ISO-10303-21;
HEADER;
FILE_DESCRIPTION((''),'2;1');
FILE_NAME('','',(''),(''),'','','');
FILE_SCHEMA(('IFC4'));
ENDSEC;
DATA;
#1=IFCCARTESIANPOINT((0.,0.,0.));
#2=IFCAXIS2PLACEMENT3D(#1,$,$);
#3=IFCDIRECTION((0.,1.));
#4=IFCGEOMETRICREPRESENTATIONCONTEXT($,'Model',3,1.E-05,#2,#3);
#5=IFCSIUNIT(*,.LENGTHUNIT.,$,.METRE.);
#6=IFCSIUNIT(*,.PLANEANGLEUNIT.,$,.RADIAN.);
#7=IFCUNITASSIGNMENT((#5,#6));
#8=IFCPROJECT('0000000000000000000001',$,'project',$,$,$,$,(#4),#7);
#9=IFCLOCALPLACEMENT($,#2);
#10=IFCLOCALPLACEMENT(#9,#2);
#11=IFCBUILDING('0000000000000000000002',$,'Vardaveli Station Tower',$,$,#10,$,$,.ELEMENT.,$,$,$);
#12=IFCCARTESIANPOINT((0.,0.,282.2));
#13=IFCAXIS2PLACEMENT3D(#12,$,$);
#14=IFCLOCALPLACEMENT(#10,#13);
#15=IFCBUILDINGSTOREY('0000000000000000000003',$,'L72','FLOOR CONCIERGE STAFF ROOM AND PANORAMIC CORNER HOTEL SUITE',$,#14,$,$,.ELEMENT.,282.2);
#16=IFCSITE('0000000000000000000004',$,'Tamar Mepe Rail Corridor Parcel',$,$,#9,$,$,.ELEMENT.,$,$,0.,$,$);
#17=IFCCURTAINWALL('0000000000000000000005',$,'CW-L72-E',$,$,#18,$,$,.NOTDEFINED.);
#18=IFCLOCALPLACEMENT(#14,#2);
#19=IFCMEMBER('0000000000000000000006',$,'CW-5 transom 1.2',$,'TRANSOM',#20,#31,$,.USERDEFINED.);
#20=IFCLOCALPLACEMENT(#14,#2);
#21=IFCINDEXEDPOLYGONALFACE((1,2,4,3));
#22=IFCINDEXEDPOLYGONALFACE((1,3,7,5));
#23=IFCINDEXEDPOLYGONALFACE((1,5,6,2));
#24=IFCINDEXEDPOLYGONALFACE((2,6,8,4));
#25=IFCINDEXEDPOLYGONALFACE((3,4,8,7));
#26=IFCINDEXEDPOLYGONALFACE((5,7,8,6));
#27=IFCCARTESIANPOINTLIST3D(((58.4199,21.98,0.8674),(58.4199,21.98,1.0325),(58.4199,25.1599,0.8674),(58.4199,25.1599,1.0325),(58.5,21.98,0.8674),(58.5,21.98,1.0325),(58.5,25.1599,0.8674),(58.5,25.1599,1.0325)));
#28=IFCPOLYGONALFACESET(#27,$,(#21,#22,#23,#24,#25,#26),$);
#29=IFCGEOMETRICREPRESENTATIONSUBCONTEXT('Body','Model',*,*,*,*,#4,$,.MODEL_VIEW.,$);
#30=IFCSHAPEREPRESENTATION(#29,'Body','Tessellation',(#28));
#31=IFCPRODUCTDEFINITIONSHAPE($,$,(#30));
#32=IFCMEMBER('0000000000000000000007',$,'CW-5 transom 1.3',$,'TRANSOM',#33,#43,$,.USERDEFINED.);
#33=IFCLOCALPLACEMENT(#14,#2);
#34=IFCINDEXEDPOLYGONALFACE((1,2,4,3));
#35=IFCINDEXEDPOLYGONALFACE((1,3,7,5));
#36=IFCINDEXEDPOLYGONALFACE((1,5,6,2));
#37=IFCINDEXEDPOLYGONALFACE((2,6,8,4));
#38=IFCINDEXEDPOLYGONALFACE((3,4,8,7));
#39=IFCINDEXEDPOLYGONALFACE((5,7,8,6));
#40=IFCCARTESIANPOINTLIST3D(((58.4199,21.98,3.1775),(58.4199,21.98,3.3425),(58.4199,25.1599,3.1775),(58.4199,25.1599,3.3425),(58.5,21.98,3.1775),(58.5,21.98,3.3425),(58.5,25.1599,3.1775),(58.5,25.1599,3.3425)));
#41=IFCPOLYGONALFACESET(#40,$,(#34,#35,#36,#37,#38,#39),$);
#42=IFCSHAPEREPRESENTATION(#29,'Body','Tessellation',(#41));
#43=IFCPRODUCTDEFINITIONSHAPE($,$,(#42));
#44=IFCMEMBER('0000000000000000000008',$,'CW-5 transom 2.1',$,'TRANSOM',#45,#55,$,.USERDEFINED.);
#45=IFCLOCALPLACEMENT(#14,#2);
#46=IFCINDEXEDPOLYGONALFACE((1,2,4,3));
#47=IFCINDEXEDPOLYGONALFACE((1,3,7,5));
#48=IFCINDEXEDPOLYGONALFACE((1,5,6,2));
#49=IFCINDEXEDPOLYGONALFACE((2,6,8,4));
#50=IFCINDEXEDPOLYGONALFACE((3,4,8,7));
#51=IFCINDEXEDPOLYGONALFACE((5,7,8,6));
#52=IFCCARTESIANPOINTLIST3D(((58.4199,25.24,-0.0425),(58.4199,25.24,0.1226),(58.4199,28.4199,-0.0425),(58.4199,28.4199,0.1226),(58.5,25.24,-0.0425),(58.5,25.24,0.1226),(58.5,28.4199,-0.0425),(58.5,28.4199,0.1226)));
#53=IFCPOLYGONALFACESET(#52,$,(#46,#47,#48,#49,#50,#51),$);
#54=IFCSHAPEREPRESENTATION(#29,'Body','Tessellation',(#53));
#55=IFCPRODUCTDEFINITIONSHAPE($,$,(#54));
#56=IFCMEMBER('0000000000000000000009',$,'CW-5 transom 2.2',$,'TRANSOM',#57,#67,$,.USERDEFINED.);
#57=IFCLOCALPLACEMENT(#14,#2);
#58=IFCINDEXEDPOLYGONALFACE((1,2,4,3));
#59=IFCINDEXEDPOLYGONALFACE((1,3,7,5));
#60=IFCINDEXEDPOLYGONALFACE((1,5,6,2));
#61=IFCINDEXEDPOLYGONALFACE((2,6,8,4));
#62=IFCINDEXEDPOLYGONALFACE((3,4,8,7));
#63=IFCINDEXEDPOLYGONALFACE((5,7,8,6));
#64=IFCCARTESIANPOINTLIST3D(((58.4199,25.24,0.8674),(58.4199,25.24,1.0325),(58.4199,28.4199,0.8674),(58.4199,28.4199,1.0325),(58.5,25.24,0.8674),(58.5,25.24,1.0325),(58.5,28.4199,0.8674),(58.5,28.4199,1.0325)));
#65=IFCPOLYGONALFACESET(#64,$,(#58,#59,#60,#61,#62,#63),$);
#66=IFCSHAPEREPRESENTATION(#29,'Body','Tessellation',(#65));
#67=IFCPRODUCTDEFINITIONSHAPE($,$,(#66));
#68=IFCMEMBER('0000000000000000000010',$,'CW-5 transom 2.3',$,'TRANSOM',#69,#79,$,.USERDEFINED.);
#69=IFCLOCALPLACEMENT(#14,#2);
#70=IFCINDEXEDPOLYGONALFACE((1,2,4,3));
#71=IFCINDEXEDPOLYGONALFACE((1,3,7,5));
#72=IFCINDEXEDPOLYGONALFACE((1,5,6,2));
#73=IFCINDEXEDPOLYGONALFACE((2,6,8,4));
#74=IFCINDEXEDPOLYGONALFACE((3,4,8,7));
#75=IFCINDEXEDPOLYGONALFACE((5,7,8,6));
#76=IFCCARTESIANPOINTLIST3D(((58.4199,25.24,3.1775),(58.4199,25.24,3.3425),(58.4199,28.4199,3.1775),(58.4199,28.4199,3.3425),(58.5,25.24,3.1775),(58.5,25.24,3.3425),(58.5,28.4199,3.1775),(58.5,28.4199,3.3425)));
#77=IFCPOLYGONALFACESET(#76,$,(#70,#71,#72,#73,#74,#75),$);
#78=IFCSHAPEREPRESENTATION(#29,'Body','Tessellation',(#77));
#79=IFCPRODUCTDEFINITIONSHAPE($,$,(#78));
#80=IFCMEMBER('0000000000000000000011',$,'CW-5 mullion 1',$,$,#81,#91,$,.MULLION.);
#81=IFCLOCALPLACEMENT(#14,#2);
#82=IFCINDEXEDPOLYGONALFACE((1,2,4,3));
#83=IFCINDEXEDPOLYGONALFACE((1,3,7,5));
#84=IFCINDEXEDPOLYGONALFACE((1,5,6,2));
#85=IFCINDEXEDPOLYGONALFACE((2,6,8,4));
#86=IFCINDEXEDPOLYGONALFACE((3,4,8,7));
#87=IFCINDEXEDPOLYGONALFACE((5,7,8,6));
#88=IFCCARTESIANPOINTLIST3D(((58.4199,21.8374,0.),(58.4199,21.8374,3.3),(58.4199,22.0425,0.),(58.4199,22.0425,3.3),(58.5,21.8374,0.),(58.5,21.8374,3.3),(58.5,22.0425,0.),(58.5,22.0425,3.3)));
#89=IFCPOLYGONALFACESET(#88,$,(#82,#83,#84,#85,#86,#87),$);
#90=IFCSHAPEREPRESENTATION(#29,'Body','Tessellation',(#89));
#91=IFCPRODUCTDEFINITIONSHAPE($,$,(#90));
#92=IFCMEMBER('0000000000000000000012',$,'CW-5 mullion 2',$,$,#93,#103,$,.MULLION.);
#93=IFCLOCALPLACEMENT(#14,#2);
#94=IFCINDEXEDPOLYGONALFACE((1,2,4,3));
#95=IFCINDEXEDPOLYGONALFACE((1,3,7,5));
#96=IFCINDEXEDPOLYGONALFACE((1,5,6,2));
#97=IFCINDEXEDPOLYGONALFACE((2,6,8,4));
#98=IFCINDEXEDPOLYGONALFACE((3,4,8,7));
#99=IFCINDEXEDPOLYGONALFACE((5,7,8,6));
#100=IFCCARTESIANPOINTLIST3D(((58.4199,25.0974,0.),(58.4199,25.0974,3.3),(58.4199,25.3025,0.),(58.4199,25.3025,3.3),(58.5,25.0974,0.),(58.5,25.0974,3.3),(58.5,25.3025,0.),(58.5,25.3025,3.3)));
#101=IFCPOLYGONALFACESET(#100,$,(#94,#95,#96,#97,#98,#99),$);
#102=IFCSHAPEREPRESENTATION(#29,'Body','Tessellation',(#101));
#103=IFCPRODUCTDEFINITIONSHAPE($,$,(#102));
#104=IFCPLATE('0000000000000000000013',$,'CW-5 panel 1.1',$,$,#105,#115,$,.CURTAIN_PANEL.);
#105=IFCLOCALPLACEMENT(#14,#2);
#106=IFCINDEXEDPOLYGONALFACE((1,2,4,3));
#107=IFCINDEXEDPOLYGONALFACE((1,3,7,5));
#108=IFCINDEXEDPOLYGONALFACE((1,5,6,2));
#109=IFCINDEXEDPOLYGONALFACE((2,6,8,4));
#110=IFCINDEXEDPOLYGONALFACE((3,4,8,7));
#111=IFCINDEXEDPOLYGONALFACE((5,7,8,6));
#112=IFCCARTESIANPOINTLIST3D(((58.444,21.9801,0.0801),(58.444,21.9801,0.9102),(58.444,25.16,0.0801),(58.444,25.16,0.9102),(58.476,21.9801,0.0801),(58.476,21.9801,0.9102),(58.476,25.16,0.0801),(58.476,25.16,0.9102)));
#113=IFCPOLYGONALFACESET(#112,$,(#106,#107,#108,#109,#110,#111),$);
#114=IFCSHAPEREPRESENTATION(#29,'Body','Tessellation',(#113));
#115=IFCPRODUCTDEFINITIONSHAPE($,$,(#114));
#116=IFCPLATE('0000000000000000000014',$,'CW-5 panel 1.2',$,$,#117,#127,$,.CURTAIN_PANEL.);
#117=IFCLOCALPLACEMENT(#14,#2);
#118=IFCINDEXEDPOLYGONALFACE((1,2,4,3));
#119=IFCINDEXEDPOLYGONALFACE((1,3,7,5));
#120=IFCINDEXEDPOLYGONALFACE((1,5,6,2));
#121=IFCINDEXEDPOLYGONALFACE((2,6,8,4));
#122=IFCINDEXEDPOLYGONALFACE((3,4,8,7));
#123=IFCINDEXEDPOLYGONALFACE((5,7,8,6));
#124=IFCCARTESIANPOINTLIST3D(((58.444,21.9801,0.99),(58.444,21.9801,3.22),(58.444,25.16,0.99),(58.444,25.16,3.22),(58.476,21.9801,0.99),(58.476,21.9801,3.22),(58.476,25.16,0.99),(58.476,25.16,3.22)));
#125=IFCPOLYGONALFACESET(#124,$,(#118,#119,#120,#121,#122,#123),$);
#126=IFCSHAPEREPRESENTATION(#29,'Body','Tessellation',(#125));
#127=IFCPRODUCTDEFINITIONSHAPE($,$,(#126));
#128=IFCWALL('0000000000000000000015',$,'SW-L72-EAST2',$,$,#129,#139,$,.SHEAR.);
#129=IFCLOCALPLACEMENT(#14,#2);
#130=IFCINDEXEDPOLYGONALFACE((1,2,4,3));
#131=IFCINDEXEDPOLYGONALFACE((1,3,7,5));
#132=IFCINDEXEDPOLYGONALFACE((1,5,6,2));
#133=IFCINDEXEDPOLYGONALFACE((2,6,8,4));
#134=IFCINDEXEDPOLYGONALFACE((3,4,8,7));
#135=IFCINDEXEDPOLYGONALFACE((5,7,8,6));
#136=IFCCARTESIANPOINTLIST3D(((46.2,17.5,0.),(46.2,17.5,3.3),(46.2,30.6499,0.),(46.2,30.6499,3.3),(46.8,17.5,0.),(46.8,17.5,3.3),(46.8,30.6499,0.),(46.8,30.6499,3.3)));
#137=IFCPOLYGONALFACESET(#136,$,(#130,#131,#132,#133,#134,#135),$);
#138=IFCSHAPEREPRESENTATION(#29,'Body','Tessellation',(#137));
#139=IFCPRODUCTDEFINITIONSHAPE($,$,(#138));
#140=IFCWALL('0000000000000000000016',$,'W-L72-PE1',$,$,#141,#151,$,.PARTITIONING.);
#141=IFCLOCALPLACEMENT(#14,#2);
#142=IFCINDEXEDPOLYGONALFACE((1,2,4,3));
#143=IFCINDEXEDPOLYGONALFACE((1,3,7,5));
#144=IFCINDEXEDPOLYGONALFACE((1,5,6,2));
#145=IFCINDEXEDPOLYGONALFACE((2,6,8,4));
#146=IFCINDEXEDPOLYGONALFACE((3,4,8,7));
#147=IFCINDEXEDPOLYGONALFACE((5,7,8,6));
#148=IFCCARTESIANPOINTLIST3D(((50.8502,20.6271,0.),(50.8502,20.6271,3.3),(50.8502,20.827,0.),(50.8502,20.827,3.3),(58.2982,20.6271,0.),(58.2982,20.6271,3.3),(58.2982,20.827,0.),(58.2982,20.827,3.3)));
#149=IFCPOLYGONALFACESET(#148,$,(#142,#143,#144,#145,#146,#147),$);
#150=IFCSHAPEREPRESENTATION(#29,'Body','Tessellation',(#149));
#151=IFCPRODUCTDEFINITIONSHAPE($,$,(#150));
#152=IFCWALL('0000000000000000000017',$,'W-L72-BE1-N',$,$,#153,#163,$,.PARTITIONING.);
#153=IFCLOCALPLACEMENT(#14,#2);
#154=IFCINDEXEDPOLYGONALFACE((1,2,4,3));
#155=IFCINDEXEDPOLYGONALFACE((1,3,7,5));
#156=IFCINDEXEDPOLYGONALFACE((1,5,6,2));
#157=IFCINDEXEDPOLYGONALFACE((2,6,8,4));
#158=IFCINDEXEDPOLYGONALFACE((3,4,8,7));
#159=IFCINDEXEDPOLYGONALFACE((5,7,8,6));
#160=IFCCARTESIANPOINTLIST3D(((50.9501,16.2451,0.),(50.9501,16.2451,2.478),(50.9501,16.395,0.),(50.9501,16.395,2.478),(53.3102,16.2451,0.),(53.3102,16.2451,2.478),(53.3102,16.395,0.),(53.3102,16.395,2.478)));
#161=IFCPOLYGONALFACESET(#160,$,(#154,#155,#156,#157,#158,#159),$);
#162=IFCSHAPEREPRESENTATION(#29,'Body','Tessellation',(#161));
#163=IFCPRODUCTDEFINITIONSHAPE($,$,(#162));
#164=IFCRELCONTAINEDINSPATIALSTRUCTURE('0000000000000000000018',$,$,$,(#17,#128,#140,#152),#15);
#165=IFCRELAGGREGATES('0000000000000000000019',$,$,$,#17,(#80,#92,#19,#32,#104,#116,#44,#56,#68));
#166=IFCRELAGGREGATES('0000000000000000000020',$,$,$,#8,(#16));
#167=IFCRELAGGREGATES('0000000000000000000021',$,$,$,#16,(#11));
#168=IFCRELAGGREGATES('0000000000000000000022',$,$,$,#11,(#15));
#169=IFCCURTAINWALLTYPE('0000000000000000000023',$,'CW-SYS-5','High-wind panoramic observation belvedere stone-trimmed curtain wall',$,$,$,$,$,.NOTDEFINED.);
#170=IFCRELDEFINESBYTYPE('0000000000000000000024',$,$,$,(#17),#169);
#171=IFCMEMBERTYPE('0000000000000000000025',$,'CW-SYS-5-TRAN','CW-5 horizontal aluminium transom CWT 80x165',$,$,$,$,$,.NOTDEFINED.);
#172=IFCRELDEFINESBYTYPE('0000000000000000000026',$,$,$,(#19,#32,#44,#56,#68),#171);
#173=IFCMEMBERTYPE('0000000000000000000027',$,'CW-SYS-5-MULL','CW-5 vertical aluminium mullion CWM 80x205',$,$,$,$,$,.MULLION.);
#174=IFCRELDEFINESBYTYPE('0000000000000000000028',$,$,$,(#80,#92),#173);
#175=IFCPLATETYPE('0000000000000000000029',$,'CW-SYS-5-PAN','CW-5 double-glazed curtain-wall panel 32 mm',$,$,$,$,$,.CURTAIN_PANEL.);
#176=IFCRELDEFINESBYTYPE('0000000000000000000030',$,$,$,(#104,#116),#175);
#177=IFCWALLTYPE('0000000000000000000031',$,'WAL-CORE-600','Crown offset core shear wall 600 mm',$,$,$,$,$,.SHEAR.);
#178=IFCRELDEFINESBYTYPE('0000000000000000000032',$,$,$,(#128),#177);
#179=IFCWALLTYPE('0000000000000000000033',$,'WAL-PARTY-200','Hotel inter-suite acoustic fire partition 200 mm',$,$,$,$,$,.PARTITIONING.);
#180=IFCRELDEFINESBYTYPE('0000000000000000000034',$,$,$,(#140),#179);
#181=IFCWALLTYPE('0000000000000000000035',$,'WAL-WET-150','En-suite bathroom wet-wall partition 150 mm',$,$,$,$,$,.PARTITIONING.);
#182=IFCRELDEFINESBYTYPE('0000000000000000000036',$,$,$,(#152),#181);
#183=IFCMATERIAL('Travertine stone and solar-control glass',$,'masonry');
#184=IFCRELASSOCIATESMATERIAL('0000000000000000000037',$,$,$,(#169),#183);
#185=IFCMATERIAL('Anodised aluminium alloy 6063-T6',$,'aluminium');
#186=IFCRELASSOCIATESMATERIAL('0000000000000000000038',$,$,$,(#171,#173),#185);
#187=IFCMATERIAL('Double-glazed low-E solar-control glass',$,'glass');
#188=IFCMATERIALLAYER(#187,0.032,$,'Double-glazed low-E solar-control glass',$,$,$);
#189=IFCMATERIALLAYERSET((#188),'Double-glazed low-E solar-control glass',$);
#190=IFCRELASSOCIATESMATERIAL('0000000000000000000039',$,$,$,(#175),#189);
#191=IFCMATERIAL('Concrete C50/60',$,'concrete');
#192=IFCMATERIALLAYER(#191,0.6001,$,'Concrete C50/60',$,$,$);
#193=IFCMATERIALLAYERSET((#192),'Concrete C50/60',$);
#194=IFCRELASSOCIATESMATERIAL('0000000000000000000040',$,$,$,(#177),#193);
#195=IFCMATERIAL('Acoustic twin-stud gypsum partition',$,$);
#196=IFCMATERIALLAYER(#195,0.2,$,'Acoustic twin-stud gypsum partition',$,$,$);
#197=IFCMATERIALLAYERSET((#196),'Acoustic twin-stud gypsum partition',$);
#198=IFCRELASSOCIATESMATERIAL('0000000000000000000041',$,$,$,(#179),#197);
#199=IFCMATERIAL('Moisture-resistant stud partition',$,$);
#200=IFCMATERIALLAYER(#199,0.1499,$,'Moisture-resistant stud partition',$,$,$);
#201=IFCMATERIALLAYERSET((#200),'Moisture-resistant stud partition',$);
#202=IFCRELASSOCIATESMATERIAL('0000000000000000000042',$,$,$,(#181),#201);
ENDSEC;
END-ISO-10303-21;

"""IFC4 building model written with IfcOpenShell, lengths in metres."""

from ifc_helpers import new_model, si_unit, direction, frame, frame_2d, origin, origin_2d, place, context, subcontext, project, spatial, rectangle, extrude, source, transform, mapped, material, layer, layer_set, material_profile, profile_set, type_object, element, aggregate, save


model = new_model("IFC4")

# Units and contexts
model_context = context("Model", 3, precision=1e-05, world=origin(), true_north=direction((0.0, 1.0)))
body_context = subcontext(model_context, "Body", "Model", "MODEL_VIEW")
ifc_project = project(units=[si_unit("LENGTHUNIT", "METRE"), si_unit("PLANEANGLEUNIT", "RADIAN")], contexts=[model_context])

# Site, building, storey
site_placement = place(None, origin())
site = spatial("IfcSite", under=ifc_project, at=site_placement, Name="Tamar Mepe Rail Corridor Parcel", CompositionType="ELEMENT", RefElevation=0.0)
building_placement = place(site_placement, origin())
building = spatial("IfcBuilding", under=site, at=building_placement, Name="Vardaveli Station Tower", CompositionType="ELEMENT")
storey_placement = place(building_placement, frame((0.0, 0.0, 282.2)))
storey = spatial("IfcBuildingStorey", under=building, at=storey_placement, Name="L72", Description="FLOOR CONCIERGE STAFF ROOM AND PANORAMIC CORNER HOTEL SUITE", CompositionType="ELEMENT", Elevation=282.2)

# Curtain wall, members, plates
ifc_material_1 = material(Name="Travertine stone and solar-control glass", Category="masonry")
curtain_wall_type = type_object("IfcCurtainWallType", Name="CW-SYS-5", Description="High-wind panoramic observation belvedere stone-trimmed curtain wall", PredefinedType="NOTDEFINED", material=ifc_material_1)
curtain_wall_placement = place(storey_placement, origin())
curtain_wall = element("IfcCurtainWall", 1, at=curtain_wall_placement, inside=storey, type_object=curtain_wall_type, Name="CW-L72-E", PredefinedType="NOTDEFINED")
ifc_material_2 = material(Name="Anodised aluminium alloy 6063-T6", Category="aluminium")
ifc_material_profile_1 = material_profile(ifc_material_2, rectangle(XDim=0.0801, YDim=0.165, at=origin_2d()), Name="CWT 80x165")
ifc_profile_set_1 = profile_set([ifc_material_profile_1], Name="Anodised aluminium alloy 6063-T6")
member_type_1 = type_object("IfcMemberType", Name="CW-SYS-5-TRAN", Description="CW-5 horizontal aluminium transom CWT 80x165", PredefinedType="NOTDEFINED", material=ifc_profile_set_1)
shared_shape_1 = source(origin(), body_context, "Body", "SweptSolid", [
    extrude(rectangle(XDim=0.0801, YDim=0.165, at=origin_2d()), origin(), (0.0, 0.0, 1.0), 3.1799),
])
member_1_placement = place(storey_placement, frame((58.46, 21.98, 0.95), z_axis=(0.0, 1.0, 0.0), x_axis=(-1.0, 0.0, 0.0)))
member_1 = element("IfcMember", 2, at=member_1_placement, type_object=member_type_1, Name="CW-5 transom 1.2", ObjectType="TRANSOM", PredefinedType="USERDEFINED", context=body_context, shape_type="MappedRepresentation", body=[
    mapped(shared_shape_1, transform((0.0, 0.0, 0.0), scale=1.0)),
])
member_2_placement = place(storey_placement, frame((58.46, 21.98, 3.26), z_axis=(0.0, 1.0, 0.0), x_axis=(-1.0, 0.0, 0.0)))
member_2 = element("IfcMember", 3, at=member_2_placement, type_object=member_type_1, Name="CW-5 transom 1.3", ObjectType="TRANSOM", PredefinedType="USERDEFINED", context=body_context, shape_type="MappedRepresentation", body=[
    mapped(shared_shape_1, transform((0.0, 0.0, 0.0), scale=1.0)),
])
member_3_placement = place(storey_placement, frame((58.46, 25.24, 0.04), z_axis=(0.0, 1.0, 0.0), x_axis=(-1.0, 0.0, 0.0)))
member_3 = element("IfcMember", 4, at=member_3_placement, type_object=member_type_1, Name="CW-5 transom 2.1", ObjectType="TRANSOM", PredefinedType="USERDEFINED", context=body_context, shape_type="MappedRepresentation", body=[
    mapped(shared_shape_1, transform((0.0, 0.0, 0.0), scale=1.0)),
])
member_4_placement = place(storey_placement, frame((58.46, 25.24, 0.95), z_axis=(0.0, 1.0, 0.0), x_axis=(-1.0, 0.0, 0.0)))
member_4 = element("IfcMember", 5, at=member_4_placement, type_object=member_type_1, Name="CW-5 transom 2.2", ObjectType="TRANSOM", PredefinedType="USERDEFINED", context=body_context, shape_type="MappedRepresentation", body=[
    mapped(shared_shape_1, transform((0.0, 0.0, 0.0), scale=1.0)),
])
member_5_placement = place(storey_placement, frame((58.46, 25.24, 3.26), z_axis=(0.0, 1.0, 0.0), x_axis=(-1.0, 0.0, 0.0)))
member_5 = element("IfcMember", 6, at=member_5_placement, type_object=member_type_1, Name="CW-5 transom 2.3", ObjectType="TRANSOM", PredefinedType="USERDEFINED", context=body_context, shape_type="MappedRepresentation", body=[
    mapped(shared_shape_1, transform((0.0, 0.0, 0.0), scale=1.0)),
])
ifc_material_profile_2 = material_profile(ifc_material_2, rectangle(XDim=0.0801, YDim=0.2051, at=origin_2d()), Name="CWM 80x205")
ifc_profile_set_2 = profile_set([ifc_material_profile_2], Name="Anodised aluminium alloy 6063-T6")
member_type_2 = type_object("IfcMemberType", Name="CW-SYS-5-MULL", Description="CW-5 vertical aluminium mullion CWM 80x205", PredefinedType="MULLION", material=ifc_profile_set_2)
shared_shape_2 = source(origin(), body_context, "Body", "SweptSolid", [
    extrude(rectangle(XDim=0.0801, YDim=0.2051, at=origin_2d()), origin(), (0.0, 0.0, 1.0), 3.3),
])
member_6_placement = place(storey_placement, frame((58.46, 21.9399, 0.0), z_axis=(0.0, 0.0, 1.0), x_axis=(-1.0, 0.0, 0.0)))
member_6 = element("IfcMember", 7, at=member_6_placement, type_object=member_type_2, Name="CW-5 mullion 1", PredefinedType="MULLION", context=body_context, shape_type="MappedRepresentation", body=[
    mapped(shared_shape_2, transform((0.0, 0.0, 0.0), scale=1.0)),
])
member_7_placement = place(storey_placement, frame((58.46, 25.2, 0.0), z_axis=(0.0, 0.0, 1.0), x_axis=(-1.0, 0.0, 0.0)))
member_7 = element("IfcMember", 8, at=member_7_placement, type_object=member_type_2, Name="CW-5 mullion 2", PredefinedType="MULLION", context=body_context, shape_type="MappedRepresentation", body=[
    mapped(shared_shape_2, transform((0.0, 0.0, 0.0), scale=1.0)),
])
ifc_material_3 = material(Name="Double-glazed low-E solar-control glass", Category="glass")
ifc_layer_1 = layer(ifc_material_3, 0.032, Name="Double-glazed low-E solar-control glass")
ifc_layer_set_1 = layer_set([ifc_layer_1], Name="Double-glazed low-E solar-control glass")
plate_type = type_object("IfcPlateType", Name="CW-SYS-5-PAN", Description="CW-5 double-glazed curtain-wall panel 32 mm", PredefinedType="CURTAIN_PANEL", material=ifc_layer_set_1)
shared_shape_3 = source(origin(), body_context, "Body", "SweptSolid", [
    extrude(rectangle(XDim=3.1799, YDim=0.032, at=origin_2d()), origin(), (0.0, 0.0, 1.0), 0.8301),
])
plate_1_placement = place(storey_placement, frame((58.46, 23.5701, 0.0801), z_axis=(0.0, 0.0, 1.0), x_axis=(0.0, 1.0, 0.0)))
plate_1 = element("IfcPlate", 9, at=plate_1_placement, type_object=plate_type, Name="CW-5 panel 1.1", PredefinedType="CURTAIN_PANEL", context=body_context, shape_type="MappedRepresentation", body=[
    mapped(shared_shape_3, transform((0.0, 0.0, 0.0), scale=1.0)),
])
shared_shape_4 = source(origin(), body_context, "Body", "SweptSolid", [
    extrude(rectangle(XDim=3.1799, YDim=0.032, at=origin_2d()), origin(), (0.0, 0.0, 1.0), 2.23),
])
plate_2_placement = place(storey_placement, frame((58.46, 23.5701, 0.99), z_axis=(0.0, 0.0, 1.0), x_axis=(0.0, 1.0, 0.0)))
plate_2 = element("IfcPlate", 10, at=plate_2_placement, type_object=plate_type, Name="CW-5 panel 1.2", PredefinedType="CURTAIN_PANEL", context=body_context, shape_type="MappedRepresentation", body=[
    mapped(shared_shape_4, transform((0.0, 0.0, 0.0), scale=1.0)),
])
aggregate(curtain_wall, [member_6, member_7, member_1, member_2, plate_1, plate_2, member_3, member_4, member_5])

# Walls
ifc_material_4 = material(Name="Concrete C50/60", Category="concrete")
ifc_layer_2 = layer(ifc_material_4, 0.6001, Name="Concrete C50/60")
ifc_layer_set_2 = layer_set([ifc_layer_2], Name="Concrete C50/60")
wall_type_1 = type_object("IfcWallType", Name="WAL-CORE-600", Description="Crown offset core shear wall 600 mm", PredefinedType="SHEAR", material=ifc_layer_set_2)
shared_shape_5 = source(origin(), body_context, "Body", "SweptSolid", [
    extrude(rectangle(XDim=13.1499, YDim=0.6001, at=frame_2d((6.575, 0.0))), origin(), (0.0, 0.0, 1.0), 3.3),
])
wall_1_placement = place(storey_placement, frame((46.5, 17.5, 0.0), z_axis=(0.0, 0.0, 1.0), x_axis=(0.0, 1.0, 0.0)))
element("IfcWall", 11, at=wall_1_placement, inside=storey, type_object=wall_type_1, Name="SW-L72-EAST2", PredefinedType="SHEAR", context=body_context, shape_type="MappedRepresentation", body=[
    mapped(shared_shape_5, transform((0.0, 0.0, 0.0), scale=1.0)),
])
ifc_material_5 = material(Name="Acoustic twin-stud gypsum partition")
ifc_layer_3 = layer(ifc_material_5, 0.2, Name="Acoustic twin-stud gypsum partition")
ifc_layer_set_3 = layer_set([ifc_layer_3], Name="Acoustic twin-stud gypsum partition")
wall_type_2 = type_object("IfcWallType", Name="WAL-PARTY-200", Description="Hotel inter-suite acoustic fire partition 200 mm", PredefinedType="PARTITIONING", material=ifc_layer_set_3)
shared_shape_6 = source(origin(), body_context, "Body", "SweptSolid", [
    extrude(rectangle(XDim=7.448, YDim=0.2, at=frame_2d((3.7241, 0.0))), origin(), (0.0, 0.0, 1.0), 3.3),
])
wall_2_placement = place(storey_placement, frame((50.8501, 20.7271, 0.0), z_axis=(0.0, 0.0, 1.0), x_axis=(1.0, 0.0, 0.0)))
element("IfcWall", 12, at=wall_2_placement, inside=storey, type_object=wall_type_2, Name="W-L72-PE1", PredefinedType="PARTITIONING", context=body_context, shape_type="MappedRepresentation", body=[
    mapped(shared_shape_6, transform((0.0, 0.0, 0.0), scale=1.0)),
])
ifc_material_6 = material(Name="Moisture-resistant stud partition")
ifc_layer_4 = layer(ifc_material_6, 0.1499, Name="Moisture-resistant stud partition")
ifc_layer_set_4 = layer_set([ifc_layer_4], Name="Moisture-resistant stud partition")
wall_type_3 = type_object("IfcWallType", Name="WAL-WET-150", Description="En-suite bathroom wet-wall partition 150 mm", PredefinedType="PARTITIONING", material=ifc_layer_set_4)
shared_shape_7 = source(origin(), body_context, "Body", "SweptSolid", [
    extrude(rectangle(XDim=2.3601, YDim=0.1499, at=frame_2d((1.1802, 0.0))), origin(), (0.0, 0.0, 1.0), 2.478),
])
wall_3_placement = place(storey_placement, frame((50.95, 16.3201, 0.0), z_axis=(0.0, 0.0, 1.0), x_axis=(1.0, 0.0, 0.0)))
element("IfcWall", 13, at=wall_3_placement, inside=storey, type_object=wall_type_3, Name="W-L72-BE1-N", PredefinedType="PARTITIONING", context=body_context, shape_type="MappedRepresentation", body=[
    mapped(shared_shape_7, transform((0.0, 0.0, 0.0), scale=1.0)),
])

save(model, "model.ifc")
